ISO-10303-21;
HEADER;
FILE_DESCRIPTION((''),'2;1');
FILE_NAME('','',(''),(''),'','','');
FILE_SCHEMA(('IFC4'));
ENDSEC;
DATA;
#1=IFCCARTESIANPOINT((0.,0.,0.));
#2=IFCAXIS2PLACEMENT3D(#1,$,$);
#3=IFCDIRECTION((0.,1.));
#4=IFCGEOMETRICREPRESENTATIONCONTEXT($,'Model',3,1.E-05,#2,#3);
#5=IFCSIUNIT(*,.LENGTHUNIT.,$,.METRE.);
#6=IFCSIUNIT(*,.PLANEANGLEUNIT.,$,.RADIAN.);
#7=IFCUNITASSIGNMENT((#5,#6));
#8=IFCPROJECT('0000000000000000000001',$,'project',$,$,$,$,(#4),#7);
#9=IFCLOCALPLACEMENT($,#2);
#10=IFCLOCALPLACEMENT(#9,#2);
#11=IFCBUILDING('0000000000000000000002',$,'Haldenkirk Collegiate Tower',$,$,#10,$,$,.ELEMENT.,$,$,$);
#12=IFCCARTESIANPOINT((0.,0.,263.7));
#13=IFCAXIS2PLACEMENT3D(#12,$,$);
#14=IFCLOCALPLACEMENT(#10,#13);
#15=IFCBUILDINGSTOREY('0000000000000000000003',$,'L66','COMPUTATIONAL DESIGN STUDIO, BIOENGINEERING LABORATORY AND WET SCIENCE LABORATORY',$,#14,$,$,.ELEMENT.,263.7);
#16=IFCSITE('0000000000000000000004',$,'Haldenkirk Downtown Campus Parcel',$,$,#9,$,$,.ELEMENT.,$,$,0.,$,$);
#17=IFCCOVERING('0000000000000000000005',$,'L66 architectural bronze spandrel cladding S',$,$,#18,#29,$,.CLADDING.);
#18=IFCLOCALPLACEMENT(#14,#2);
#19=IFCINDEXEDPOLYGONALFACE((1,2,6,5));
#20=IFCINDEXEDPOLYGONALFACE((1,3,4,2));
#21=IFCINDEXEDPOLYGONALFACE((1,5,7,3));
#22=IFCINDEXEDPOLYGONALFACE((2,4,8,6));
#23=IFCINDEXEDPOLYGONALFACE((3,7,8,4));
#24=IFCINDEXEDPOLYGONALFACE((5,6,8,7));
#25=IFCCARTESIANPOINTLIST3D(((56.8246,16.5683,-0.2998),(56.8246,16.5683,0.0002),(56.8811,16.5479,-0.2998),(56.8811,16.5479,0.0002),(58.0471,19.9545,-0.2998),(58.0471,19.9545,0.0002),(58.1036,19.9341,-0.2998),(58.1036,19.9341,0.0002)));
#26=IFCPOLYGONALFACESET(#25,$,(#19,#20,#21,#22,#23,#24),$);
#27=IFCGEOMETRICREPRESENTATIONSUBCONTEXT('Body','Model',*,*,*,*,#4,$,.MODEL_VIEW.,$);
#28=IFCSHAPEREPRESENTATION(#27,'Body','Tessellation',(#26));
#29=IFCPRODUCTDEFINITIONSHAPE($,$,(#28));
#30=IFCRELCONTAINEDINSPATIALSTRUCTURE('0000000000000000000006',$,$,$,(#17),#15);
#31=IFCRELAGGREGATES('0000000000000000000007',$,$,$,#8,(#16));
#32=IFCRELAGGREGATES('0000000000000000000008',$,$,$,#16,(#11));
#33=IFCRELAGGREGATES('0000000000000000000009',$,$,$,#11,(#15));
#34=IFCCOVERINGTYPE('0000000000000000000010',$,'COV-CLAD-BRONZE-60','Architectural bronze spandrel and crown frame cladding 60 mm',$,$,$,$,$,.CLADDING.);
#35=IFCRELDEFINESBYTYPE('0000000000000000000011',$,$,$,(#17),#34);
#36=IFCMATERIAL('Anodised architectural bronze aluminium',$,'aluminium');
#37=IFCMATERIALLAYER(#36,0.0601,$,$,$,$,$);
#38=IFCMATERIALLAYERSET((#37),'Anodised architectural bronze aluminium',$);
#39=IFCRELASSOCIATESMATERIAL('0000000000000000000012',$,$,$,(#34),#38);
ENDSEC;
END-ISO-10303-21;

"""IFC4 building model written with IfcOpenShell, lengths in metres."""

from ifc_helpers import new_model, si_unit, direction, frame, origin, origin_2d, place, context, subcontext, project, spatial, rectangle, extrude, source, transform, mapped, material, layer, layer_set, type_object, element, save


model = new_model("IFC4")

# Units and contexts
model_context = context("Model", 3, precision=1e-05, world=origin(), true_north=direction((0.0, 1.0)))
body_context = subcontext(model_context, "Body", "Model", "MODEL_VIEW")
ifc_project = project(units=[si_unit("LENGTHUNIT", "METRE"), si_unit("PLANEANGLEUNIT", "RADIAN")], contexts=[model_context])

# Site, building, storey
site_placement = place(None, origin())
site = spatial("IfcSite", under=ifc_project, at=site_placement, Name="Haldenkirk Downtown Campus Parcel", CompositionType="ELEMENT", RefElevation=0.0)
building_placement = place(site_placement, origin())
building = spatial("IfcBuilding", under=site, at=building_placement, Name="Haldenkirk Collegiate Tower", CompositionType="ELEMENT")
storey_placement = place(building_placement, frame((0.0, 0.0, 263.7)))
storey = spatial("IfcBuildingStorey", under=building, at=storey_placement, Name="L66", Description="COMPUTATIONAL DESIGN STUDIO, BIOENGINEERING LABORATORY AND WET SCIENCE LABORATORY", CompositionType="ELEMENT", Elevation=263.7)

# Shared definitions
ifc_material_1 = material(Name="Anodised architectural bronze aluminium", Category="aluminium")

# Covering
ifc_layer_1 = layer(ifc_material_1, 0.0601)
ifc_layer_set_1 = layer_set([ifc_layer_1], Name="Anodised architectural bronze aluminium")
covering_type = type_object("IfcCoveringType", Name="COV-CLAD-BRONZE-60", Description="Architectural bronze spandrel and crown frame cladding 60 mm", PredefinedType="CLADDING", material=ifc_layer_set_1)
shared_shape_1 = source(origin(), body_context, "Body", "SweptSolid", [
    extrude(rectangle(XDim=3.6001, YDim=0.0601, at=origin_2d()), origin(), (0.0, 0.0, 1.0), 0.3),
])
covering_placement = place(storey_placement, frame((57.4641, 18.2512, -0.2998), z_axis=(0.0, 0.0, 1.0), x_axis=(-0.339559, -0.940585, 0.0)))
element("IfcCovering", 1, at=covering_placement, inside=storey, type_object=covering_type, Name="L66 architectural bronze spandrel cladding S", PredefinedType="CLADDING", context=body_context, shape_type="MappedRepresentation", body=[
    mapped(shared_shape_1, transform((0.0, 0.0, 0.0), x_axis=(1.0, 0.0, 0.0), y_axis=(0.0, 1.0, 0.0), z_axis=(0.0, 0.0, 1.0), scale=1.0)),
])

save(model, "model.ifc")
